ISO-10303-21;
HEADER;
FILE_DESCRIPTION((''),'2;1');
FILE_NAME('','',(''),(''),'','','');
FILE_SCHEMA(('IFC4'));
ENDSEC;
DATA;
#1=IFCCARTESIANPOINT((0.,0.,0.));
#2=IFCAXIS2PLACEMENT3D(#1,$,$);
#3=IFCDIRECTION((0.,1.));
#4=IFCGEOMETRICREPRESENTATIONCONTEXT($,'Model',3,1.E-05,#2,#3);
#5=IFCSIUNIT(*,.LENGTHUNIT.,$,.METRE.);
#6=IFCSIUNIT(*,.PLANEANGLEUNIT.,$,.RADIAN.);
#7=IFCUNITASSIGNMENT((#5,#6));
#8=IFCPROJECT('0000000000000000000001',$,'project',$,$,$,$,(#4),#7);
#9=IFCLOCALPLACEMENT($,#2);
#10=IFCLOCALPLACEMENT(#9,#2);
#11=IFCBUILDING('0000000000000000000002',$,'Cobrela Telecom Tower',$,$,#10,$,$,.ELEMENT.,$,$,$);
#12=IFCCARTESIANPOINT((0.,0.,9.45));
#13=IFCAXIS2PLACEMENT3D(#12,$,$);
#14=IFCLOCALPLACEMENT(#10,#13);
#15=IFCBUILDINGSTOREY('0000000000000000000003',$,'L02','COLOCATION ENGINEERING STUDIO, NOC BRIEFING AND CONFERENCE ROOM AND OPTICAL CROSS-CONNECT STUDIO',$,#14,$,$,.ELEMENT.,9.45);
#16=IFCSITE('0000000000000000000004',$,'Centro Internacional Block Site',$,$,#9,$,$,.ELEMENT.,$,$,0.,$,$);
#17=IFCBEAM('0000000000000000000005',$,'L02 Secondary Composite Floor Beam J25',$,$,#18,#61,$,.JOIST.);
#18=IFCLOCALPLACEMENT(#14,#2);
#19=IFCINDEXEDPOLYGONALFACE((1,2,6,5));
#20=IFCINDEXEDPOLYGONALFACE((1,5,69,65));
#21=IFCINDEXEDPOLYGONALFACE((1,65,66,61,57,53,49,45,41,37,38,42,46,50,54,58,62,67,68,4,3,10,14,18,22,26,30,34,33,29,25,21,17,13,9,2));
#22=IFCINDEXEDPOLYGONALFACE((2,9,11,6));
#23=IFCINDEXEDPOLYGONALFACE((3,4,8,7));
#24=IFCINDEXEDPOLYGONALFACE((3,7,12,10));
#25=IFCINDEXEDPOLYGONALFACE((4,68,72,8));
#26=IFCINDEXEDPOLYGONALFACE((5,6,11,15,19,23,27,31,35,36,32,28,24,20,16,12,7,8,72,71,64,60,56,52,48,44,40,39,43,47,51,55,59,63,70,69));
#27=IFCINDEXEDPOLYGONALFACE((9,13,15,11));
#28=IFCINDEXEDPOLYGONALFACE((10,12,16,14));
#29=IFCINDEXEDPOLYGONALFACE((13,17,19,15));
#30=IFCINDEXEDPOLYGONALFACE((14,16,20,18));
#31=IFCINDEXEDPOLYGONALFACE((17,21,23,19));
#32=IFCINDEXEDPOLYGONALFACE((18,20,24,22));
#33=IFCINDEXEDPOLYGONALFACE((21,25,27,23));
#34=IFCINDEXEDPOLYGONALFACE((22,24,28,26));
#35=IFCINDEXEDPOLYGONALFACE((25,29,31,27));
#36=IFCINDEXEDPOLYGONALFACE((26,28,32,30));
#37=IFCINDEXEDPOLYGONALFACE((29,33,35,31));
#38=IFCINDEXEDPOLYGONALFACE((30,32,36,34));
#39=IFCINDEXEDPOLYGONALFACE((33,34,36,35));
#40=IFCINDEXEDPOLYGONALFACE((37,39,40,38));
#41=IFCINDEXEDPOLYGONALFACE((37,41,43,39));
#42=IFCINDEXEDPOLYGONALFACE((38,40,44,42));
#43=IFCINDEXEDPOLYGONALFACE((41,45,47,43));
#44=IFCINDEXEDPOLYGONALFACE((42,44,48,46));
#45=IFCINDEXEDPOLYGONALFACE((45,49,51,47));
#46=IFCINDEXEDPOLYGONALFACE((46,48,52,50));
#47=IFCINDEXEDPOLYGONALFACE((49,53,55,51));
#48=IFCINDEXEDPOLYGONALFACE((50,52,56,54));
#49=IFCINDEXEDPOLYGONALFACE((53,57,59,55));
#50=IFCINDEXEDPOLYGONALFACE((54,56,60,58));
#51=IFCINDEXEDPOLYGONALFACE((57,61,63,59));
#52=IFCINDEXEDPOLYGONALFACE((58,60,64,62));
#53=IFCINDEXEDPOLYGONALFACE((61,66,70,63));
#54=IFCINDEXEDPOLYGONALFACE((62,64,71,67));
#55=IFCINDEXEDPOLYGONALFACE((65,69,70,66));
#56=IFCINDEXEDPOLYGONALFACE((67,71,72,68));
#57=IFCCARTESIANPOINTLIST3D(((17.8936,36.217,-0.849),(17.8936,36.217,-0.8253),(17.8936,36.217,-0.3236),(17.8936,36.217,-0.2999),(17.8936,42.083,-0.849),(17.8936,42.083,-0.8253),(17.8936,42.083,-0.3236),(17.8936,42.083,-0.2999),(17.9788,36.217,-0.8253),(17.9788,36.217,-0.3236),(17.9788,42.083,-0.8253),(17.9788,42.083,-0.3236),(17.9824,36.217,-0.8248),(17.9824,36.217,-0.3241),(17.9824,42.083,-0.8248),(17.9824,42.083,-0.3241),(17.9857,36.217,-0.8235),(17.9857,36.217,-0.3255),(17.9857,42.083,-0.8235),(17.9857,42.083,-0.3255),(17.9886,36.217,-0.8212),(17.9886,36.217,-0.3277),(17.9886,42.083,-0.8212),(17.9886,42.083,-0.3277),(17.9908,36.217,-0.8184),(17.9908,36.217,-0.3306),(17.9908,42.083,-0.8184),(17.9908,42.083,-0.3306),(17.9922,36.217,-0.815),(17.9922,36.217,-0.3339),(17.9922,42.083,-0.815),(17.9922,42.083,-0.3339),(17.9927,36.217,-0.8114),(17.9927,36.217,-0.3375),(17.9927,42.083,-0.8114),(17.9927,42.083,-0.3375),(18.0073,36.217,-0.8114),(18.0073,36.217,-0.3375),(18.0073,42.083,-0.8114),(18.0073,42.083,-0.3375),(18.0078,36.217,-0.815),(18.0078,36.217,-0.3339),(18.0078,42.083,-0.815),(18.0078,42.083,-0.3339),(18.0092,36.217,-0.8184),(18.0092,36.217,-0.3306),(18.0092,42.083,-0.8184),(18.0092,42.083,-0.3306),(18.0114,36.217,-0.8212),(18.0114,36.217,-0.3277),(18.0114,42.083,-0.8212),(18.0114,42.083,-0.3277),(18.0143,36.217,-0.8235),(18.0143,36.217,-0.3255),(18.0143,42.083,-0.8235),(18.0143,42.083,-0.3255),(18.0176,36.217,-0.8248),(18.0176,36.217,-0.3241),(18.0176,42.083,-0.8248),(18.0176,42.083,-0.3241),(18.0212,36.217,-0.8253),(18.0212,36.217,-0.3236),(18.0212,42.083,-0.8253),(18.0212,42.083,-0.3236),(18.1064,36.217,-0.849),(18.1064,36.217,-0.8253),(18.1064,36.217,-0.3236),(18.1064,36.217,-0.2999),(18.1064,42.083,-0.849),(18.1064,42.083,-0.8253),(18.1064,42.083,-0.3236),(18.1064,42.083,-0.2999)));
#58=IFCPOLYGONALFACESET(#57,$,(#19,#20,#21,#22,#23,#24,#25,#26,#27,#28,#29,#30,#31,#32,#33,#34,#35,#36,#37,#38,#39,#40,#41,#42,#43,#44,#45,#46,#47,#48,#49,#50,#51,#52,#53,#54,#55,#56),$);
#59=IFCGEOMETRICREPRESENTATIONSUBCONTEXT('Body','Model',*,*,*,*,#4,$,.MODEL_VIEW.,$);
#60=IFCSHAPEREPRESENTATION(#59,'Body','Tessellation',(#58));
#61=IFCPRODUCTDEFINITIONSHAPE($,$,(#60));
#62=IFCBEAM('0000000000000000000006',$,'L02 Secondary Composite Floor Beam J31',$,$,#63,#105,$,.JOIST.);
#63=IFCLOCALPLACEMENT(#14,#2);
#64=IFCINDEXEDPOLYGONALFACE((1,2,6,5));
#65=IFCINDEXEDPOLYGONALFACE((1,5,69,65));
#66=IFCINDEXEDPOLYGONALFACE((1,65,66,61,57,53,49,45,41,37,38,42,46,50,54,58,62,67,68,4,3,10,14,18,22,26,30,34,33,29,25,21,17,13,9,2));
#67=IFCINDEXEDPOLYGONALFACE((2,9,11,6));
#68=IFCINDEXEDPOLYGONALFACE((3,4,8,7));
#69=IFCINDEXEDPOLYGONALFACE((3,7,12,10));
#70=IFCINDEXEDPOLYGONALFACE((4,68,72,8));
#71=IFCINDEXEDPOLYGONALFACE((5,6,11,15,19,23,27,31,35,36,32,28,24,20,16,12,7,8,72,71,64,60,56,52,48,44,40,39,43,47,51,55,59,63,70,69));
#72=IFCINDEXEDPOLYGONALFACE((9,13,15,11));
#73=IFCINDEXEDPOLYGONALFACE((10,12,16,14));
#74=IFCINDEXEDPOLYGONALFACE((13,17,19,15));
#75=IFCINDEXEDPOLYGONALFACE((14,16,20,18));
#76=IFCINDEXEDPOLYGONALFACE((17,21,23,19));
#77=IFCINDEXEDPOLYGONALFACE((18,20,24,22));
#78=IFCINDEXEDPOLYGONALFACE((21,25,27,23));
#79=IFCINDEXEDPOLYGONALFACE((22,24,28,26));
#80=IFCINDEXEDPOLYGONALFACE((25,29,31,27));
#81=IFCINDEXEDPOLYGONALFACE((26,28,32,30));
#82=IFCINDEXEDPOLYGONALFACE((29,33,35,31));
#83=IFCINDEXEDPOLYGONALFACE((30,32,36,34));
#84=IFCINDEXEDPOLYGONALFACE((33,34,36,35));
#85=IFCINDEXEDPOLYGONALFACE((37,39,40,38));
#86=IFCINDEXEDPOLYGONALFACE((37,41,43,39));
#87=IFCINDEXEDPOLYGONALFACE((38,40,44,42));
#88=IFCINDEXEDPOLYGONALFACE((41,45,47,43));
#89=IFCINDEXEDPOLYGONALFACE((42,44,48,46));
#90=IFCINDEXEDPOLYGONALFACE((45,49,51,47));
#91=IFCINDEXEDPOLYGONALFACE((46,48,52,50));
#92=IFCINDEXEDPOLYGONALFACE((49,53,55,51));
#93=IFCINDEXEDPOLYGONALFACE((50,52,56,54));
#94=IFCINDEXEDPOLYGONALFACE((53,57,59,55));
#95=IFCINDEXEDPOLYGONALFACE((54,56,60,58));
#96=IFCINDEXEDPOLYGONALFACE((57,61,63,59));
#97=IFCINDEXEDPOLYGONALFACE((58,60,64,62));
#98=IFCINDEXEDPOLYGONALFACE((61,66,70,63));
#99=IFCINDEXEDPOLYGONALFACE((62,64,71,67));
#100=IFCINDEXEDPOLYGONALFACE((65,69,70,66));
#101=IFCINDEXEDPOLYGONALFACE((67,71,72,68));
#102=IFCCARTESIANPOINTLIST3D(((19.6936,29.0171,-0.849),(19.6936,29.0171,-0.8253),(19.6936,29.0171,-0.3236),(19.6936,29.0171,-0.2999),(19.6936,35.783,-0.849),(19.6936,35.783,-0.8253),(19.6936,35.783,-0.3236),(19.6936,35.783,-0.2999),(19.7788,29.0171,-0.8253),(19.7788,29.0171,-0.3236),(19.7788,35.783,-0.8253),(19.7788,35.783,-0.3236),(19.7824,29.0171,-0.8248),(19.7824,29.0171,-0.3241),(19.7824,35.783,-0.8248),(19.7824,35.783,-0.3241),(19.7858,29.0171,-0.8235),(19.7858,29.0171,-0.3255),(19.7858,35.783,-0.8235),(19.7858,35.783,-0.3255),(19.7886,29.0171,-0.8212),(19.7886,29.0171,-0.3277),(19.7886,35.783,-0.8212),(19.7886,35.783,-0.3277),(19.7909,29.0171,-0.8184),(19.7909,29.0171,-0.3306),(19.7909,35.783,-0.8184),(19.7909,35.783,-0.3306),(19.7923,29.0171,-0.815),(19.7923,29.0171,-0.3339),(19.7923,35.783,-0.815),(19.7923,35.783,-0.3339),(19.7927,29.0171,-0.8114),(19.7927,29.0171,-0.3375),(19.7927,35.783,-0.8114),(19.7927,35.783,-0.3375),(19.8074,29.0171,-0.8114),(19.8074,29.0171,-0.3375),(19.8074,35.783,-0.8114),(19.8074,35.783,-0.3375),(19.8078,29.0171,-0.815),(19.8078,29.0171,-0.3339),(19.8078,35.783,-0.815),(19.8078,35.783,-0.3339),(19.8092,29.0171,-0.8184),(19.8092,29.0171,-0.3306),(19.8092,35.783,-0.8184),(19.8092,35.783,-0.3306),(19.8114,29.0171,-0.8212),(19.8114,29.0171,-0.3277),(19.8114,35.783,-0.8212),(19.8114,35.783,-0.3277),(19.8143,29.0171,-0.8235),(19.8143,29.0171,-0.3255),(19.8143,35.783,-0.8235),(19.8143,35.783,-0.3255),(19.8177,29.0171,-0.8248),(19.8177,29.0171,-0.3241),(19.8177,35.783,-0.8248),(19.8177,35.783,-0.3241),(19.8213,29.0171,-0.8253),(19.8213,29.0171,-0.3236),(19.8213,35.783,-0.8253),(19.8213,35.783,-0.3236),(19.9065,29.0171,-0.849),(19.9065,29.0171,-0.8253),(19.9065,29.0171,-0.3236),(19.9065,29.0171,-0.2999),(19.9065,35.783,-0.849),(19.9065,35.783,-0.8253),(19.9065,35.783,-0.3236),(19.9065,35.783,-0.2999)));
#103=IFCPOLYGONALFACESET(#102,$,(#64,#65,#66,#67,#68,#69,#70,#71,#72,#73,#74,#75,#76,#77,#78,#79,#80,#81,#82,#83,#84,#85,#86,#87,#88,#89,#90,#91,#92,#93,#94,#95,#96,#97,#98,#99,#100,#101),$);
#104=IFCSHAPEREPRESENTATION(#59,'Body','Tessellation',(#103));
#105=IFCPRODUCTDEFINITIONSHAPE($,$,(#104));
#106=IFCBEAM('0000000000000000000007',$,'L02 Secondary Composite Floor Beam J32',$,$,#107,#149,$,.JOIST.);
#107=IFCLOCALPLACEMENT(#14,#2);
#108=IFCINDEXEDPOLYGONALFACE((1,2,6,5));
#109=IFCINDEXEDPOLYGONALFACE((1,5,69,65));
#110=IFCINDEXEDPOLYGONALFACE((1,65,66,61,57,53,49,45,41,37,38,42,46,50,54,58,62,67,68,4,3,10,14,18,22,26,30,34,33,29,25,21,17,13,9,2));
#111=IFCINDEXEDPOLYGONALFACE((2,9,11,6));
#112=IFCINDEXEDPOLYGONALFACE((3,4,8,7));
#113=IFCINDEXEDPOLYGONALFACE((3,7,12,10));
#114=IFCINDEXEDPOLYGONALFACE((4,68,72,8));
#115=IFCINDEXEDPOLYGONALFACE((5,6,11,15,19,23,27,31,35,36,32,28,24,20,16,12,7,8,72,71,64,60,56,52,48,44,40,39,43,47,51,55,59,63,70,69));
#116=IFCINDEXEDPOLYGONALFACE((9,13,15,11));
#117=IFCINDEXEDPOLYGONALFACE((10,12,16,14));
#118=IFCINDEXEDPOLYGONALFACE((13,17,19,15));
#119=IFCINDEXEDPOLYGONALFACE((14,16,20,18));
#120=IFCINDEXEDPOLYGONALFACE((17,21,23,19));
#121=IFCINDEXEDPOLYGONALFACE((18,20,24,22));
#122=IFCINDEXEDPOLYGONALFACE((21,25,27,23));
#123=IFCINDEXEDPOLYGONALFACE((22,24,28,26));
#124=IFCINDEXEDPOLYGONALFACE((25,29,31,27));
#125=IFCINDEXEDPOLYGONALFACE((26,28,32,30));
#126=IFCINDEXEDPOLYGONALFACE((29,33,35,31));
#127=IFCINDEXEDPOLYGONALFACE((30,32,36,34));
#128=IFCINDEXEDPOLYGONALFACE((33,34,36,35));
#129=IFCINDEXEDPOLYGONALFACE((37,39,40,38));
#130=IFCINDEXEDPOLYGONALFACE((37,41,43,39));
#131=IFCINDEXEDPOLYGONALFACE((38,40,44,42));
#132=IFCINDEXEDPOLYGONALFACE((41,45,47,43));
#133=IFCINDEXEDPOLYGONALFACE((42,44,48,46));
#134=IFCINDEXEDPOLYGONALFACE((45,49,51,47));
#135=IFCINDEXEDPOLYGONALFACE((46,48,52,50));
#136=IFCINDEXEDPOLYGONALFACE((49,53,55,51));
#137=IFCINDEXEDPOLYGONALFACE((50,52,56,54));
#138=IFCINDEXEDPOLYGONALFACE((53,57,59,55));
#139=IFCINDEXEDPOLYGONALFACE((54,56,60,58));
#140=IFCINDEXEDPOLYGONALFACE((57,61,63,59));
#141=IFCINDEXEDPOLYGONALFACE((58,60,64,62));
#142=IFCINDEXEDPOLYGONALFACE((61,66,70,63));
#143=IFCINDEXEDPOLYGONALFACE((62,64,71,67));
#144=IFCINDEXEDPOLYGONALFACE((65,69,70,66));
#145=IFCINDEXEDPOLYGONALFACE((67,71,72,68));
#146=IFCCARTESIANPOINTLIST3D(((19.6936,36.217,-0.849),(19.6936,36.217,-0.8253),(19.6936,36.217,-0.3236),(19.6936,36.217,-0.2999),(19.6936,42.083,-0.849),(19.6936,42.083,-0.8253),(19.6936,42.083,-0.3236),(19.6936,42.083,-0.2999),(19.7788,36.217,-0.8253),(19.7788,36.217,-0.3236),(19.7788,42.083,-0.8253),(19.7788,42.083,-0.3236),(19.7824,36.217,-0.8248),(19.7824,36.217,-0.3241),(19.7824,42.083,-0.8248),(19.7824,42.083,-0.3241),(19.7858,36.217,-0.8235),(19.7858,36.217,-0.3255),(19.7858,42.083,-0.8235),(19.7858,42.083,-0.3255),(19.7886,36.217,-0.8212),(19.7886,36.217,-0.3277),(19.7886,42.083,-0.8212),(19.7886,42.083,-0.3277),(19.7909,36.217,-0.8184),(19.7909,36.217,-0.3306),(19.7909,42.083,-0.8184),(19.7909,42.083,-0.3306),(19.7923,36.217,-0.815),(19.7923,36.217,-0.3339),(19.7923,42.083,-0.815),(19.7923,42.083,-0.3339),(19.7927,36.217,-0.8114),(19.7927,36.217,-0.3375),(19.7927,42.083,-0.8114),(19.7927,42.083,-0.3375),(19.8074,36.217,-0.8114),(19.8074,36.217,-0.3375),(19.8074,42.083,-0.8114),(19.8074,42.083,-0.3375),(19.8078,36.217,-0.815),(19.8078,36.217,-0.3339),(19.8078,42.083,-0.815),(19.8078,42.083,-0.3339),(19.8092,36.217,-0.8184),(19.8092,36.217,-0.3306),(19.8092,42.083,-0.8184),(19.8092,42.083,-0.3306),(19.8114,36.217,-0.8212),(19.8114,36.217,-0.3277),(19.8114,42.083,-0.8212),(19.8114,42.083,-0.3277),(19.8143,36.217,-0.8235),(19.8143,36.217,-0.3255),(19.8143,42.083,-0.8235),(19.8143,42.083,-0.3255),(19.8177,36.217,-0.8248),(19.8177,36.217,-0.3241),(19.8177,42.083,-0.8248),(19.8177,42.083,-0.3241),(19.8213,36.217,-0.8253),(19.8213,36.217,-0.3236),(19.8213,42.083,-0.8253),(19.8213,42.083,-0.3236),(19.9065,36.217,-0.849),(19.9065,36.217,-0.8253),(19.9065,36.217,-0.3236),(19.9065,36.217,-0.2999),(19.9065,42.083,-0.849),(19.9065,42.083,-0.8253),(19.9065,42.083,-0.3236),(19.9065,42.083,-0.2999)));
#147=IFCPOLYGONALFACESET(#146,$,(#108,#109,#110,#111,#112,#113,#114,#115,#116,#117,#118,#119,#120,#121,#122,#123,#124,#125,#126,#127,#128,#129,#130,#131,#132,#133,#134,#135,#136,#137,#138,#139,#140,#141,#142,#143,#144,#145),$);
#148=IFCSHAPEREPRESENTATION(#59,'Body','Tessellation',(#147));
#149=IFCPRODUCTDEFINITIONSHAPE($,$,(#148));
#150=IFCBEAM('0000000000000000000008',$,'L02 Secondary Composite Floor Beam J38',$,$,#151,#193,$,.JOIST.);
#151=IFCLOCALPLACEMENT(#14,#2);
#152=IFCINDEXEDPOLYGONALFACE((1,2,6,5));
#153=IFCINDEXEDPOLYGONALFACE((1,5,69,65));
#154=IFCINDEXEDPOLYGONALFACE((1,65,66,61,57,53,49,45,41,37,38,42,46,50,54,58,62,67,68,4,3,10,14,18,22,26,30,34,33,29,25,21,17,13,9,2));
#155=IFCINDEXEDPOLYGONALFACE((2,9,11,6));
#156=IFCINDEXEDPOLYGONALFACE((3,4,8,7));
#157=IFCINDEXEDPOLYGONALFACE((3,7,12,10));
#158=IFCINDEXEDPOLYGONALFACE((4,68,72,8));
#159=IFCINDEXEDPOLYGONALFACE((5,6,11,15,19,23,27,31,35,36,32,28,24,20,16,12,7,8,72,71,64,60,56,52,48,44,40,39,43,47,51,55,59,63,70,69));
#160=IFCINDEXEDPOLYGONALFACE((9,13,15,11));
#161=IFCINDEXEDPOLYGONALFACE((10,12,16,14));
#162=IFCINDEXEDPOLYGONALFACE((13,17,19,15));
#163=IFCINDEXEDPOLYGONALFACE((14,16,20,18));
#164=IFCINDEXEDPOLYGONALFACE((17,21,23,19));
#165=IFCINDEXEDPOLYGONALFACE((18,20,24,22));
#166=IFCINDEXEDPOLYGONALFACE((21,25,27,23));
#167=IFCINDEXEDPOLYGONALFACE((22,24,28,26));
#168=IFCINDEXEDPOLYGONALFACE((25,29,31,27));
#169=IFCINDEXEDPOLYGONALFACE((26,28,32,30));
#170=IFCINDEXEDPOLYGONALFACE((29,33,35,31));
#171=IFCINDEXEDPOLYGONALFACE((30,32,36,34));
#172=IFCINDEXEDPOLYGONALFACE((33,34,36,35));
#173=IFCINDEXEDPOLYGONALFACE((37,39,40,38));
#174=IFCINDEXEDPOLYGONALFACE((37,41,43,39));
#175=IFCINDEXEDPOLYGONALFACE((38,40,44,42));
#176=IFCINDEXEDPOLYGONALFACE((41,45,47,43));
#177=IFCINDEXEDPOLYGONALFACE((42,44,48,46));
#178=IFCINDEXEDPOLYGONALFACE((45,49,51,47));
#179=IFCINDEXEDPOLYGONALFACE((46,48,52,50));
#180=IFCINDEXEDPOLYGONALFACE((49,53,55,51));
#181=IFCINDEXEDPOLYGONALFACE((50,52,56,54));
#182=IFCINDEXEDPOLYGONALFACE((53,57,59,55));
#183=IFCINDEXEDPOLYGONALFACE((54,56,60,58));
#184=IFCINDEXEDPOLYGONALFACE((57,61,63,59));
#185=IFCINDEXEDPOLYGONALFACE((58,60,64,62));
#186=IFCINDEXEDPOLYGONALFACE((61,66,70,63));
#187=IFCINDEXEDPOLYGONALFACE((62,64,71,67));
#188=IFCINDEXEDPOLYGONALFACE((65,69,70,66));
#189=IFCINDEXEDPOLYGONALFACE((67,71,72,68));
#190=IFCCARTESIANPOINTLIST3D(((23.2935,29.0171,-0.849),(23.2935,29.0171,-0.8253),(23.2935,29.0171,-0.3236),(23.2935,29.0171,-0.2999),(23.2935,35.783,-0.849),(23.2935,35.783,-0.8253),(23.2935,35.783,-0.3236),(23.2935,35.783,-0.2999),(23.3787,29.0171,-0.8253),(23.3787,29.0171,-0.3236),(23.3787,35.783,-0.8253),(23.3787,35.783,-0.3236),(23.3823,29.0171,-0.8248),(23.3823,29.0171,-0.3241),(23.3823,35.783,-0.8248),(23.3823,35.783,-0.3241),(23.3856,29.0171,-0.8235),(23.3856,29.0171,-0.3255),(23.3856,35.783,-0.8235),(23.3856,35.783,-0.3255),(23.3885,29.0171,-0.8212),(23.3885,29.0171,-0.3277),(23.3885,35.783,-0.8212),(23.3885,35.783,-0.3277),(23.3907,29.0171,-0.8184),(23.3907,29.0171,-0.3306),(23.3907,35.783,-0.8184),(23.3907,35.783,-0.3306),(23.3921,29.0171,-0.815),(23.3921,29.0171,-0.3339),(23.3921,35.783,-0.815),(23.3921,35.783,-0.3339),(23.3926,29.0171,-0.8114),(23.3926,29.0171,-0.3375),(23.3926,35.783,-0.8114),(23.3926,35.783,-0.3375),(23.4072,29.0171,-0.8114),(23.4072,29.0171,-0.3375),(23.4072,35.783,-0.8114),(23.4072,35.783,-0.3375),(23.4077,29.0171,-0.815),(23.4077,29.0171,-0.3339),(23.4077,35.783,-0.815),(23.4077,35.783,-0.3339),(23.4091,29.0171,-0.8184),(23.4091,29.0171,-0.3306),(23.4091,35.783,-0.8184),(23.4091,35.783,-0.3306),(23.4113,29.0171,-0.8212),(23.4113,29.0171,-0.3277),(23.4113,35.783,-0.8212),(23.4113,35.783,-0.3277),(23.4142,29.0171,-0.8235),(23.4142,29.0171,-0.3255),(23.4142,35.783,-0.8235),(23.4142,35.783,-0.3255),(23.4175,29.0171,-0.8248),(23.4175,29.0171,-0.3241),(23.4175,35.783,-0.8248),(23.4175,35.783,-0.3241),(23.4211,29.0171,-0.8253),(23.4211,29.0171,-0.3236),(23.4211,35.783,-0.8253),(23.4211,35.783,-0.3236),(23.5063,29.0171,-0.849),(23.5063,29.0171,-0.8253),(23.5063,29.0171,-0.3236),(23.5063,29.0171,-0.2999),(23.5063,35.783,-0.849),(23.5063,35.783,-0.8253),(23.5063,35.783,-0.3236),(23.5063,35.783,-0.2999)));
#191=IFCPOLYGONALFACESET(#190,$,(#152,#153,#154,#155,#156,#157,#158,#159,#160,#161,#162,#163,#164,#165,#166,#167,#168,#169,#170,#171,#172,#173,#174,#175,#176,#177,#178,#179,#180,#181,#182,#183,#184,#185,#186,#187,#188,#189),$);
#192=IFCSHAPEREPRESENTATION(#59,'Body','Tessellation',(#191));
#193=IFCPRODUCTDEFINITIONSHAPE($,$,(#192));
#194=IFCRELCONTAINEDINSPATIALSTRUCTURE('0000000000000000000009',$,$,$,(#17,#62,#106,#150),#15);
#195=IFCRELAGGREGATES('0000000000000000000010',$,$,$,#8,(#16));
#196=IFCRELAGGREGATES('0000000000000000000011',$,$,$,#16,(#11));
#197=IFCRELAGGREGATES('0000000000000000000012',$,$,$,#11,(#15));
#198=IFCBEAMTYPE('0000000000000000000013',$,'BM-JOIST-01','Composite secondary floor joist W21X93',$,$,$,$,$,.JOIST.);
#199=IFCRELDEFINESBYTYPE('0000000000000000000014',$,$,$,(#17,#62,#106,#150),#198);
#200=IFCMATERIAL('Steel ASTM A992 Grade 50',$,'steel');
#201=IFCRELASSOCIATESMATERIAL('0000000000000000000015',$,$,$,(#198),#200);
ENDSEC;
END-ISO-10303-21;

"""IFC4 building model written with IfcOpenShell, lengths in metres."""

from ifc_helpers import new_model, si_unit, direction, frame, origin, origin_2d, place, context, subcontext, project, spatial, i_section, extrude, material, material_profile, profile_set, type_object, element, save


model = new_model("IFC4")

# Units and contexts
model_context = context("Model", 3, precision=1e-05, world=origin(), true_north=direction((0.0, 1.0)))
body_context = subcontext(model_context, "Body", "Model", "MODEL_VIEW")
ifc_project = project(units=[si_unit("LENGTHUNIT", "METRE"), si_unit("PLANEANGLEUNIT", "RADIAN")], contexts=[model_context])

# Site, building, storey
site_placement = place(None, origin())
site = spatial("IfcSite", under=ifc_project, at=site_placement, Name="Centro Internacional Block Site", CompositionType="ELEMENT", RefElevation=0.0)
building_placement = place(site_placement, origin())
building = spatial("IfcBuilding", under=site, at=building_placement, Name="Cobrela Telecom Tower", CompositionType="ELEMENT")
storey_placement = place(building_placement, frame((0.0, 0.0, 9.45)))
storey = spatial("IfcBuildingStorey", under=building, at=storey_placement, Name="L02", Description="COLOCATION ENGINEERING STUDIO, NOC BRIEFING AND CONFERENCE ROOM AND OPTICAL CROSS-CONNECT STUDIO", CompositionType="ELEMENT", Elevation=9.45)

# Beams
ifc_material_1 = material(Name="Steel ASTM A992 Grade 50", Category="steel")
ifc_material_profile_1 = material_profile(ifc_material_1, i_section(OverallWidth=0.2129, OverallDepth=0.5491, WebThickness=0.0146, FlangeThickness=0.0237, FilletRadius=0.0139, at=origin_2d()), Name="W21X93")
ifc_profile_set_1 = profile_set([ifc_material_profile_1], Name="Steel ASTM A992 Grade 50")
beam_type_1 = type_object("IfcBeamType", Name="BM-JOIST-01", Description="Composite secondary floor joist W21X93", PredefinedType="JOIST", material=ifc_profile_set_1)
beam_1_placement = place(storey_placement, frame((18.0, 36.217, -0.5745), z_axis=(0.0, 1.0, 0.0), x_axis=(-1.0, 0.0, 0.0)))
element("IfcBeam", 1, at=beam_1_placement, inside=storey, type_object=beam_type_1, Name="L02 Secondary Composite Floor Beam J25", PredefinedType="JOIST", context=body_context, shape_type="SweptSolid", body=[
    extrude(i_section(OverallWidth=0.2129, OverallDepth=0.5491, WebThickness=0.0146, FlangeThickness=0.0237, FilletRadius=0.0139, at=origin_2d()), origin(), (0.0, 0.0, 1.0), 5.866),
])
beam_2_placement = place(storey_placement, frame((19.8, 29.0171, -0.5745), z_axis=(0.0, 1.0, 0.0), x_axis=(-1.0, 0.0, 0.0)))
element("IfcBeam", 2, at=beam_2_placement, inside=storey, type_object=beam_type_1, Name="L02 Secondary Composite Floor Beam J31", PredefinedType="JOIST", context=body_context, shape_type="SweptSolid", body=[
    extrude(i_section(OverallWidth=0.2129, OverallDepth=0.5491, WebThickness=0.0146, FlangeThickness=0.0237, FilletRadius=0.0139, at=origin_2d()), origin(), (0.0, 0.0, 1.0), 6.7659),
])
beam_3_placement = place(storey_placement, frame((19.8, 36.217, -0.5745), z_axis=(0.0, 1.0, 0.0), x_axis=(-1.0, 0.0, 0.0)))
element("IfcBeam", 3, at=beam_3_placement, inside=storey, type_object=beam_type_1, Name="L02 Secondary Composite Floor Beam J32", PredefinedType="JOIST", context=body_context, shape_type="SweptSolid", body=[
    extrude(i_section(OverallWidth=0.2129, OverallDepth=0.5491, WebThickness=0.0146, FlangeThickness=0.0237, FilletRadius=0.0139, at=origin_2d()), origin(), (0.0, 0.0, 1.0), 5.866),
])
beam_4_placement = place(storey_placement, frame((23.3999, 29.0171, -0.5745), z_axis=(0.0, 1.0, 0.0), x_axis=(-1.0, 0.0, 0.0)))
element("IfcBeam", 4, at=beam_4_placement, inside=storey, type_object=beam_type_1, Name="L02 Secondary Composite Floor Beam J38", PredefinedType="JOIST", context=body_context, shape_type="SweptSolid", body=[
    extrude(i_section(OverallWidth=0.2129, OverallDepth=0.5491, WebThickness=0.0146, FlangeThickness=0.0237, FilletRadius=0.0139, at=origin_2d()), origin(), (0.0, 0.0, 1.0), 6.7659),
])

save(model, "model.ifc")
